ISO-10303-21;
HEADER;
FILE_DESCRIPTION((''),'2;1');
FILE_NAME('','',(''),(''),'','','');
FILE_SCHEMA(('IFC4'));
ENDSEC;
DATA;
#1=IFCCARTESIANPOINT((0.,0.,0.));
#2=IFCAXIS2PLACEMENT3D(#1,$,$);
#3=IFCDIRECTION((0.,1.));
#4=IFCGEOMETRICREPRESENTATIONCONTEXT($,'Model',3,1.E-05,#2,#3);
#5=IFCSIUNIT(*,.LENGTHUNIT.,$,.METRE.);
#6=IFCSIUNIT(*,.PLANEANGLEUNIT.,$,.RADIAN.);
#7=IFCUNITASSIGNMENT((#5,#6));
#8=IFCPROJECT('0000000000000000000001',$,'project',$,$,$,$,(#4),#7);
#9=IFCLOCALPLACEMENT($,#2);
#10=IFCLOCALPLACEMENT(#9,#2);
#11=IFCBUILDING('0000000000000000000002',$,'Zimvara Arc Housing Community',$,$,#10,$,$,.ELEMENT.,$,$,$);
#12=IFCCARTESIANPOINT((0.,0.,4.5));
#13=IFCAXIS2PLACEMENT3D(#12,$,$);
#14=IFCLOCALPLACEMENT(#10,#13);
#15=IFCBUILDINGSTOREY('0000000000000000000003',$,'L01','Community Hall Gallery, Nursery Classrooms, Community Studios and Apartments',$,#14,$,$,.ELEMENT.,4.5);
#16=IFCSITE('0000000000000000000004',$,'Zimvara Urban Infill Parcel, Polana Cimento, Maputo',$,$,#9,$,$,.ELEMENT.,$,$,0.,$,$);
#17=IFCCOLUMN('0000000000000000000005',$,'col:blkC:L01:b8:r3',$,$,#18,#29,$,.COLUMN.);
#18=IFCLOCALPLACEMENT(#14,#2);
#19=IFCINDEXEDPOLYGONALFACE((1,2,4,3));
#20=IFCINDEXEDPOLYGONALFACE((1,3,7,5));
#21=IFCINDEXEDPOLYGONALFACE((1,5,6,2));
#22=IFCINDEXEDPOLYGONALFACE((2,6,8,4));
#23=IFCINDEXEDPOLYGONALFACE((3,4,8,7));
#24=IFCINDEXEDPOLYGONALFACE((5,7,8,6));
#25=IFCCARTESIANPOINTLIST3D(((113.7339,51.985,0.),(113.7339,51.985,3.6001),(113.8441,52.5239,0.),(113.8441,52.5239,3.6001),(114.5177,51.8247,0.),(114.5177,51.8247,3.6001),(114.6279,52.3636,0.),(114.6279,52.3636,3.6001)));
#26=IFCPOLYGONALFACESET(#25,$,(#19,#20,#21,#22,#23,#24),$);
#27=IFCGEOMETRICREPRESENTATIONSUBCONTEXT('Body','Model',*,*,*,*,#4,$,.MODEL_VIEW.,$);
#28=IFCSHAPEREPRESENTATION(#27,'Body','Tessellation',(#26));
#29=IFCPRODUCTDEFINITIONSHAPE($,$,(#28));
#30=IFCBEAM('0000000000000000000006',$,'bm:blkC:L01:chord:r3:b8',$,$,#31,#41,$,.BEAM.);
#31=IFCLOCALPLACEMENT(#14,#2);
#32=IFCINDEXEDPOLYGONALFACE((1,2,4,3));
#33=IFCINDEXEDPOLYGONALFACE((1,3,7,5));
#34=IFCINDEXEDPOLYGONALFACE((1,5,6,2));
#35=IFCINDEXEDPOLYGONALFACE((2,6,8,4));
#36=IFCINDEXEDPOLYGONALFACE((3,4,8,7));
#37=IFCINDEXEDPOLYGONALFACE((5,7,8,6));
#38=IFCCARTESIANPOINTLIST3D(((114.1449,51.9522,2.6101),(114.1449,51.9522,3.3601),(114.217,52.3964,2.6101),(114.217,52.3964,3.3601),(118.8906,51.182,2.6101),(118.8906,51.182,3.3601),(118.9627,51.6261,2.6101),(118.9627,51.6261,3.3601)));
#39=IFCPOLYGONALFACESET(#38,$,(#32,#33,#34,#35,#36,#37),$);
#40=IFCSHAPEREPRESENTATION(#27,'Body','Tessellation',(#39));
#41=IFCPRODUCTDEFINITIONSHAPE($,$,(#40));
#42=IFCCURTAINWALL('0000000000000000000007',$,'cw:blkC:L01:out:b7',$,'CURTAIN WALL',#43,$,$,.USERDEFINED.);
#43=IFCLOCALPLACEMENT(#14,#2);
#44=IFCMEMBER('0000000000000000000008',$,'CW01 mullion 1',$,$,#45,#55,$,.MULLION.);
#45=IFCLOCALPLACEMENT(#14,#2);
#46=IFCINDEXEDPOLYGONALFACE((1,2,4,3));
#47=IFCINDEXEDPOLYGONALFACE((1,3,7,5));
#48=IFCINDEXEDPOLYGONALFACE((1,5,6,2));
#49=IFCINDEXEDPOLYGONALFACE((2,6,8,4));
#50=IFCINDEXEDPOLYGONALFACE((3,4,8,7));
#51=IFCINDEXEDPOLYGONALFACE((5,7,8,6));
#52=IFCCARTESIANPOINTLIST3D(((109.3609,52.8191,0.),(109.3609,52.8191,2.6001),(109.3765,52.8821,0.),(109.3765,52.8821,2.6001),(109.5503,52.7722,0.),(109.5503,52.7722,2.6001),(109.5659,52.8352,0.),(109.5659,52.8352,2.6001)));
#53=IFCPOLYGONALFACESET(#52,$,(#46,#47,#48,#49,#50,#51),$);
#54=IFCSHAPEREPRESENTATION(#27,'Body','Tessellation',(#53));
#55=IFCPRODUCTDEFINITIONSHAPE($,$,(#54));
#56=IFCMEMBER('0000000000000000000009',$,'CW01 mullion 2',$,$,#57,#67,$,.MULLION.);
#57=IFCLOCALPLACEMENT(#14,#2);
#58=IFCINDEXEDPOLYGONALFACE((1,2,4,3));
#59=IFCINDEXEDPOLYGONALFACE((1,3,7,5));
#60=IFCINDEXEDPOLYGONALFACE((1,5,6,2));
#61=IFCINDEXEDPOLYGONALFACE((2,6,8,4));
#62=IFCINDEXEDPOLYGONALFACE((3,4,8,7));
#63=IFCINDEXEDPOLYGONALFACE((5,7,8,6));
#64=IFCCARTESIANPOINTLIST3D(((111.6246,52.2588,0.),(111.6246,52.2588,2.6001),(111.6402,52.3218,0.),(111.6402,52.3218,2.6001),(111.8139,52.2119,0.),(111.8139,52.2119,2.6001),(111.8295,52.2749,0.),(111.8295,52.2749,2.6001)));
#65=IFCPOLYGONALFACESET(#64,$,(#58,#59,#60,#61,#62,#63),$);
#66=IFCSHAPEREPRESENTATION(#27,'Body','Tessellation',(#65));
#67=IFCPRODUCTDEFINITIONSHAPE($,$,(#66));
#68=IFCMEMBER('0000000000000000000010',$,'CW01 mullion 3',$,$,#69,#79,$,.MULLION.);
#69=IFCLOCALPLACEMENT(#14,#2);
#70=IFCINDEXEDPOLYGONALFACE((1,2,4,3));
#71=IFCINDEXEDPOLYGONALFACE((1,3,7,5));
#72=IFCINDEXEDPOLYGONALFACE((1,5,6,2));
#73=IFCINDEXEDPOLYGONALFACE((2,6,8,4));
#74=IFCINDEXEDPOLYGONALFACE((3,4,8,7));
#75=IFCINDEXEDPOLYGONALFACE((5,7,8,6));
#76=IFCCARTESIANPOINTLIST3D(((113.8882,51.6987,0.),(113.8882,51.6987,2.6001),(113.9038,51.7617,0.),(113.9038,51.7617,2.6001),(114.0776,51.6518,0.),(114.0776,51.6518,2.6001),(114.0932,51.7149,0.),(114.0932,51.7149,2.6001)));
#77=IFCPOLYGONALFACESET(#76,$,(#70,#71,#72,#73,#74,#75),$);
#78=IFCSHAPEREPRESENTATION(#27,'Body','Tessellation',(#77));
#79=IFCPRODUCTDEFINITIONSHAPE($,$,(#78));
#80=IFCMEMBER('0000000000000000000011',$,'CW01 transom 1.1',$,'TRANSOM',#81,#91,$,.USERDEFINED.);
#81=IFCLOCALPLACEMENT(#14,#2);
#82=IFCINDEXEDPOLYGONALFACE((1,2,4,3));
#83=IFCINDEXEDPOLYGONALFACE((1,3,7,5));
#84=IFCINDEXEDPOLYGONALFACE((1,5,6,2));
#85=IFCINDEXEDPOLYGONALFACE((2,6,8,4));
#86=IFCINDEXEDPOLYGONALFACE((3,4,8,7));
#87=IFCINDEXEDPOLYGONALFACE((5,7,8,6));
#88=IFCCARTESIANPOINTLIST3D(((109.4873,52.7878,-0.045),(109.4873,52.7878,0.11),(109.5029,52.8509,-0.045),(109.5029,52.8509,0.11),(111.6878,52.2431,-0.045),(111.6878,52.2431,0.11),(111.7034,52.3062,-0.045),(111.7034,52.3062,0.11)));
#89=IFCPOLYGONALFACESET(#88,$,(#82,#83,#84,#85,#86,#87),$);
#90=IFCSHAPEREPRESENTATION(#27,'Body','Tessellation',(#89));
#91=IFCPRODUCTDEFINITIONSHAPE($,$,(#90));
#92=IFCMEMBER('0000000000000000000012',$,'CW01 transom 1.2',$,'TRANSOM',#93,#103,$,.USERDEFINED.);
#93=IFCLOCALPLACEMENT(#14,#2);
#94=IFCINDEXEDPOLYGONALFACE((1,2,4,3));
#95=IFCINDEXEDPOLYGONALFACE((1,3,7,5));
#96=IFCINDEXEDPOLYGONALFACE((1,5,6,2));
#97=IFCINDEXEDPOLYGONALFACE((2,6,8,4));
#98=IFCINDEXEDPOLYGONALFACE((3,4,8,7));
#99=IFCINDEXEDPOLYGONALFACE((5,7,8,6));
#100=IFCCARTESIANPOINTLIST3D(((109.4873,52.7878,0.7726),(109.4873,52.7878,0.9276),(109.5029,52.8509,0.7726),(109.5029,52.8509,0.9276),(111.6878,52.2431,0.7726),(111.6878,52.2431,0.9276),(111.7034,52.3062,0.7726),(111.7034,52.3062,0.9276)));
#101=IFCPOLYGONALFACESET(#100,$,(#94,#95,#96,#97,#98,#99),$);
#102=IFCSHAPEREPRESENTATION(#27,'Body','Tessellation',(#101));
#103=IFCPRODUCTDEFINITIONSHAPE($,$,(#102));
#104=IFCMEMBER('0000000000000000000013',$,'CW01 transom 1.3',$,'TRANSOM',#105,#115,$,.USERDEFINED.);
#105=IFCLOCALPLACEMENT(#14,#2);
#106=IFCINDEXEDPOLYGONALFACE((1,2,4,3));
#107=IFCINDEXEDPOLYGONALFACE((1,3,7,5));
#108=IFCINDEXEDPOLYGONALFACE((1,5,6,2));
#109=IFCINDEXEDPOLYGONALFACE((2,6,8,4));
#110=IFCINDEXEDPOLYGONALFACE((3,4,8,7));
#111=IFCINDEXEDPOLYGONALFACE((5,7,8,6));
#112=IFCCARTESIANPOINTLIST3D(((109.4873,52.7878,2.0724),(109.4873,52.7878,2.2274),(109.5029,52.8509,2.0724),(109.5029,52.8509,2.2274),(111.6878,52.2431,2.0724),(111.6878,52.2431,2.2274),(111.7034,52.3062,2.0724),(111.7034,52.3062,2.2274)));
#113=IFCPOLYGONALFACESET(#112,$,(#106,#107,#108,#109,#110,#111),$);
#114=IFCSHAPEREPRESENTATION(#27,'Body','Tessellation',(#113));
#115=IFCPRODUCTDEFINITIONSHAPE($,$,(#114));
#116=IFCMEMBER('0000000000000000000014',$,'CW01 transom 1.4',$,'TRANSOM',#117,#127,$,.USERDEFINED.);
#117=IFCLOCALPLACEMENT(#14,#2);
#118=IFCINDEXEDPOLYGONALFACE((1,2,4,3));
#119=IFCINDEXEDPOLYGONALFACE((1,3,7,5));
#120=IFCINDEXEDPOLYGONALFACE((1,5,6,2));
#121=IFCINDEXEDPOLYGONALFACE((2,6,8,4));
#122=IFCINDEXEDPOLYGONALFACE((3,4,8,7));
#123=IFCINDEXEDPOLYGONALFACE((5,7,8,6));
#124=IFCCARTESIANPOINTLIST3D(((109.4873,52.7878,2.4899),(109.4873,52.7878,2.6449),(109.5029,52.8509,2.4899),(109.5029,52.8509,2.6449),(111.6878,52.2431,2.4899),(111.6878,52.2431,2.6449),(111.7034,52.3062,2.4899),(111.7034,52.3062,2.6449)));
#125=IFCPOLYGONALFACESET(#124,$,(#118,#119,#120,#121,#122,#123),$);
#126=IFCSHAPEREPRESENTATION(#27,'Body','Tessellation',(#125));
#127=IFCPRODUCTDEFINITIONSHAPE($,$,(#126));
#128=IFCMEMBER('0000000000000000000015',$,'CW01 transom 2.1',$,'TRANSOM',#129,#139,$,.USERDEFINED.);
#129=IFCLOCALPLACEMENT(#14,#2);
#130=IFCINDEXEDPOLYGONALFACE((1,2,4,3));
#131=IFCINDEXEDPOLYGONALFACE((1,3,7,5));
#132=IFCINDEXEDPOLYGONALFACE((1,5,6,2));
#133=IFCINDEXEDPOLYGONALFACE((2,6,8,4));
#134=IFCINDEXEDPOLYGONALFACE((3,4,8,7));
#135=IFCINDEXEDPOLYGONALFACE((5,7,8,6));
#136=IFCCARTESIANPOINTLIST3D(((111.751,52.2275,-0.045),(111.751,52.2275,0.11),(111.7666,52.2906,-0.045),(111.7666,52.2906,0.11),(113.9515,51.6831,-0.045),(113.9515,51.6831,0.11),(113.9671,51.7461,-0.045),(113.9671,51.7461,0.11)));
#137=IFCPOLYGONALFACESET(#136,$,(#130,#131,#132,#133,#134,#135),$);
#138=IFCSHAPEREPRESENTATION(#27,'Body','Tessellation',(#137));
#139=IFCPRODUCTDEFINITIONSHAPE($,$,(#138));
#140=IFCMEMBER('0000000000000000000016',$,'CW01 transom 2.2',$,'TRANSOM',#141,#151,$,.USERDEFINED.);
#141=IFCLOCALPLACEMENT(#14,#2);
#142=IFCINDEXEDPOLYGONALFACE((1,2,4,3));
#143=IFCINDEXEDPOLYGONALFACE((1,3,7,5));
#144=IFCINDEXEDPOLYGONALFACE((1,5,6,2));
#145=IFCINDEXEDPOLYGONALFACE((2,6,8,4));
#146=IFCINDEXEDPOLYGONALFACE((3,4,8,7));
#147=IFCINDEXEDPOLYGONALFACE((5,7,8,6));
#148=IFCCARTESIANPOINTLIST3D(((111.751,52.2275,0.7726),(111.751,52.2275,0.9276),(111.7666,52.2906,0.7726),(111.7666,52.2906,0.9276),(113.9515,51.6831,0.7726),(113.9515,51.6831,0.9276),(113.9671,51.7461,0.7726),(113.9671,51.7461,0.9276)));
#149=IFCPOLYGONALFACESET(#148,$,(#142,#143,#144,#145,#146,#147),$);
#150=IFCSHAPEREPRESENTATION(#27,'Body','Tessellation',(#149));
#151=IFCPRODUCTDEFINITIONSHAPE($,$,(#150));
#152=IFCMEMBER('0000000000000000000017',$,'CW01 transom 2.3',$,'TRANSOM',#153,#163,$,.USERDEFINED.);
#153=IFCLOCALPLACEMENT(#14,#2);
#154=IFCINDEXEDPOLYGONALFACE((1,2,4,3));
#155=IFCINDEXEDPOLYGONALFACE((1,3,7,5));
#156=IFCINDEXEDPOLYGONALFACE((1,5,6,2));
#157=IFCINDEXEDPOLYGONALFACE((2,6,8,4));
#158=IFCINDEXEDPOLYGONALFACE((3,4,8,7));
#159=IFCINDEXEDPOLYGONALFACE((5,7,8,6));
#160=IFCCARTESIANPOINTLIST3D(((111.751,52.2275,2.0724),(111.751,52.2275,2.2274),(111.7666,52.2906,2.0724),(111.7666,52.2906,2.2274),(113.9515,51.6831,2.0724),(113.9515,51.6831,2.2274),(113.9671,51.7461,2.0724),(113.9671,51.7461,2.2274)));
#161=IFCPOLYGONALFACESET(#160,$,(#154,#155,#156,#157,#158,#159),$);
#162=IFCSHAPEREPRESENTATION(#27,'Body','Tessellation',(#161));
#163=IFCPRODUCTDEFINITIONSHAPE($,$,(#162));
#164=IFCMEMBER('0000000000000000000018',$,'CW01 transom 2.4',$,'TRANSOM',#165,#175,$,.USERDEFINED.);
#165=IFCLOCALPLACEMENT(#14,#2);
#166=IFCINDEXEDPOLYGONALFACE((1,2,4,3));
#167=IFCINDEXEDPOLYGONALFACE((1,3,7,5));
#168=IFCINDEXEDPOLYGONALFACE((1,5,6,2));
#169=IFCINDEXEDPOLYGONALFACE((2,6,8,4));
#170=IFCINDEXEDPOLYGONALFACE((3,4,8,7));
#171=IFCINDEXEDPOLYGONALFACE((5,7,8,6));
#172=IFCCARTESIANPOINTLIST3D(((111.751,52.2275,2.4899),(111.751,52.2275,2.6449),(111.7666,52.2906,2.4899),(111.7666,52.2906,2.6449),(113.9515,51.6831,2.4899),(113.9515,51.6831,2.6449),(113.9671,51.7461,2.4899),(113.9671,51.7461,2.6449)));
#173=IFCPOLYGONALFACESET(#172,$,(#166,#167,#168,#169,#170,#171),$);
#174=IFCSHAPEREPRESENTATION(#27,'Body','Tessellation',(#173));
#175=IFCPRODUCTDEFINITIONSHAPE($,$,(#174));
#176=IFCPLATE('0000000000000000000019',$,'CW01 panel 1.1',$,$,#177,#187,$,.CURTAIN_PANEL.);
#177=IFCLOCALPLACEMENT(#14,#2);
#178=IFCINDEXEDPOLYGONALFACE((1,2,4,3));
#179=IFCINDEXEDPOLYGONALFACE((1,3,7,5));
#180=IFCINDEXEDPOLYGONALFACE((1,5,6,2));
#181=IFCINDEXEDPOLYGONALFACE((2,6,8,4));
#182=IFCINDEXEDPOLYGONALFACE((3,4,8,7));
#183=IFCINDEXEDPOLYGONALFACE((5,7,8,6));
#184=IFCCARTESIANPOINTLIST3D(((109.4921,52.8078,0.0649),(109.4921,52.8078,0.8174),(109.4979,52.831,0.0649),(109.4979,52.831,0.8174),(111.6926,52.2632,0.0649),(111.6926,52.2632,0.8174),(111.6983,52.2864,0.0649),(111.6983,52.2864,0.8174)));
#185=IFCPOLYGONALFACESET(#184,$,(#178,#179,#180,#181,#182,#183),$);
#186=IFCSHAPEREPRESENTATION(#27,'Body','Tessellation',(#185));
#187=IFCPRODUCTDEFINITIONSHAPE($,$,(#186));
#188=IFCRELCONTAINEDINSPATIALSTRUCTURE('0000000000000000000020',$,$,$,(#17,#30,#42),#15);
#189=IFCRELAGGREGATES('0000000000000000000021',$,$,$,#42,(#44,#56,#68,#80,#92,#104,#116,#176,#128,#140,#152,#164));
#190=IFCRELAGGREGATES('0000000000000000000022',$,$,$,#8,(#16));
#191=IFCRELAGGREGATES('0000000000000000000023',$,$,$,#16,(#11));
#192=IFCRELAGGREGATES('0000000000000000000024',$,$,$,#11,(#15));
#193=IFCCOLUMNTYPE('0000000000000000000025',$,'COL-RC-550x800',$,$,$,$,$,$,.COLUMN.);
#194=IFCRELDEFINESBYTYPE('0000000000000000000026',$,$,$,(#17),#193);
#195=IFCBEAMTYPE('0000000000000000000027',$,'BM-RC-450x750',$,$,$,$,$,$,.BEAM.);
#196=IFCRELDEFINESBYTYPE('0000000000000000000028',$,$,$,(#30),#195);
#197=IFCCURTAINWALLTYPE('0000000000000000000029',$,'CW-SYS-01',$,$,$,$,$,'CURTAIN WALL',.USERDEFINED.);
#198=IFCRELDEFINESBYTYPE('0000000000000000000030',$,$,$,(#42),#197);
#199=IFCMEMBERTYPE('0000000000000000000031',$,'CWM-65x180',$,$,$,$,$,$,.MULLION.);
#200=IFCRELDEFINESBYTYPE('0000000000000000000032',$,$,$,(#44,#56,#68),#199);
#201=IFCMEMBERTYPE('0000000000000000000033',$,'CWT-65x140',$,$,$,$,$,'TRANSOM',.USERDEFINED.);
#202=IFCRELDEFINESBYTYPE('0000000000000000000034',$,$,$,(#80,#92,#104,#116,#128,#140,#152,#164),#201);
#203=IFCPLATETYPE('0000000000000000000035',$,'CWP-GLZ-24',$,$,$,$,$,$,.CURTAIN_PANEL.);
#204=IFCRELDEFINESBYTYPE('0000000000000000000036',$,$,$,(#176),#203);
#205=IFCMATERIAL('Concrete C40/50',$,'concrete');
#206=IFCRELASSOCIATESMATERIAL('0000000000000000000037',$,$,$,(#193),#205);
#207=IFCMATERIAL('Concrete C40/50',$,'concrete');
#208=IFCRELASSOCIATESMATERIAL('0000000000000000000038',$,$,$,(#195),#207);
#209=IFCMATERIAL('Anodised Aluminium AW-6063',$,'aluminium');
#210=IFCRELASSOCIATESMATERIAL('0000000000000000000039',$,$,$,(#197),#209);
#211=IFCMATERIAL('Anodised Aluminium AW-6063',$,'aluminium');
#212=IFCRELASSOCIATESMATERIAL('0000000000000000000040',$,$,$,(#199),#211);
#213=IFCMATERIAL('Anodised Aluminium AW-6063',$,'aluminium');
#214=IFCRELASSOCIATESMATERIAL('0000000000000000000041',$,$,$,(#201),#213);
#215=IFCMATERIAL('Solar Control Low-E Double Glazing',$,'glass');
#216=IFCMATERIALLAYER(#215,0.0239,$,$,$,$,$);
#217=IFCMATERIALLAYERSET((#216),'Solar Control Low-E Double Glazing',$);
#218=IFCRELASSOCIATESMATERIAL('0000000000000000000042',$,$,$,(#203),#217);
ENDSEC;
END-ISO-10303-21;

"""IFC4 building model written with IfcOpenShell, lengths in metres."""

from ifc_helpers import new_model, si_unit, direction, frame, origin, origin_2d, place, context, subcontext, project, spatial, rectangle, extrude, material, layer, layer_set, material_profile, profile_set, type_object, element, aggregate, save


model = new_model("IFC4")

# Units and contexts
model_context = context("Model", 3, precision=1e-05, world=origin(), true_north=direction((0.0, 1.0)))
body_context = subcontext(model_context, "Body", "Model", "MODEL_VIEW")
ifc_project = project(units=[si_unit("LENGTHUNIT", "METRE"), si_unit("PLANEANGLEUNIT", "RADIAN")], contexts=[model_context])

# Site, building, storey
site_placement = place(None, origin())
site = spatial("IfcSite", under=ifc_project, at=site_placement, Name="Zimvara Urban Infill Parcel, Polana Cimento, Maputo", CompositionType="ELEMENT", RefElevation=0.0)
building_placement = place(site_placement, origin())
building = spatial("IfcBuilding", under=site, at=building_placement, Name="Zimvara Arc Housing Community", CompositionType="ELEMENT")
storey_placement = place(building_placement, frame((0.0, 0.0, 4.5)))
storey = spatial("IfcBuildingStorey", under=building, at=storey_placement, Name="L01", Description="Community Hall Gallery, Nursery Classrooms, Community Studios and Apartments", CompositionType="ELEMENT", Elevation=4.5)

# Column
ifc_material_1 = material(Name="Concrete C40/50", Category="concrete")
ifc_material_profile_1 = material_profile(ifc_material_1, rectangle(XDim=0.55, YDim=0.8, at=origin_2d()), Name="RC 550x800")
ifc_profile_set_1 = profile_set([ifc_material_profile_1], Name="Concrete C40/50")
column_type = type_object("IfcColumnType", Name="COL-RC-550x800", PredefinedType="COLUMN", material=ifc_profile_set_1)
column_placement = place(storey_placement, frame((114.1809, 52.1743, 0.0), z_axis=(0.0, 0.0, 1.0), x_axis=(-0.200394, -0.979715, 0.0)))
element("IfcColumn", 1, at=column_placement, inside=storey, type_object=column_type, Name="col:blkC:L01:b8:r3", PredefinedType="COLUMN", context=body_context, shape_type="SweptSolid", body=[
    extrude(rectangle(XDim=0.55, YDim=0.8, at=origin_2d()), origin(), (0.0, 0.0, 1.0), 3.6001),
])

# Beam
ifc_material_2 = material(Name="Concrete C40/50", Category="concrete")
ifc_material_profile_2 = material_profile(ifc_material_2, rectangle(XDim=0.45, YDim=0.75, at=origin_2d()), Name="RC 450x750")
ifc_profile_set_2 = profile_set([ifc_material_profile_2], Name="Concrete C40/50")
beam_type = type_object("IfcBeamType", Name="BM-RC-450x750", PredefinedType="BEAM", material=ifc_profile_set_2)
beam_placement = place(storey_placement, frame((114.1809, 52.1743, 2.9851), z_axis=(0.987084, -0.160206, 0.0), x_axis=(0.160206, 0.987084, 0.0)))
element("IfcBeam", 2, at=beam_placement, inside=storey, type_object=beam_type, Name="bm:blkC:L01:chord:r3:b8", PredefinedType="BEAM", context=body_context, shape_type="SweptSolid", body=[
    extrude(rectangle(XDim=0.45, YDim=0.75, at=origin_2d()), origin(), (0.0, 0.0, 1.0), 4.8079),
])

# Curtain wall, members, plate
ifc_material_3 = material(Name="Anodised Aluminium AW-6063", Category="aluminium")
curtain_wall_type = type_object("IfcCurtainWallType", Name="CW-SYS-01", ElementType="CURTAIN WALL", PredefinedType="USERDEFINED", material=ifc_material_3)
curtain_wall_placement = place(storey_placement, origin())
curtain_wall = element("IfcCurtainWall", 3, at=curtain_wall_placement, inside=storey, type_object=curtain_wall_type, Name="cw:blkC:L01:out:b7", ObjectType="CURTAIN WALL", PredefinedType="USERDEFINED")
ifc_material_4 = material(Name="Anodised Aluminium AW-6063", Category="aluminium")
ifc_material_profile_3 = material_profile(ifc_material_4, rectangle(XDim=0.0649, YDim=0.1951, at=origin_2d()), Name="ALU 65x195")
ifc_profile_set_3 = profile_set([ifc_material_profile_3], Name="Anodised Aluminium AW-6063")
member_type_1 = type_object("IfcMemberType", Name="CWM-65x180", PredefinedType="MULLION", material=ifc_profile_set_3)
member_1_placement = place(storey_placement, frame((109.4634, 52.8271, 0.0), z_axis=(0.0, 0.0, 1.0), x_axis=(0.24023, 0.970716, 0.0)))
member_1 = element("IfcMember", 4, at=member_1_placement, type_object=member_type_1, Name="CW01 mullion 1", PredefinedType="MULLION", context=body_context, shape_type="SweptSolid", body=[
    extrude(rectangle(XDim=0.0649, YDim=0.1951, at=origin_2d()), origin(), (0.0, 0.0, 1.0), 2.6001),
])
member_2_placement = place(storey_placement, frame((111.7271, 52.2668, 0.0), z_axis=(0.0, 0.0, 1.0), x_axis=(0.24023, 0.970716, 0.0)))
member_2 = element("IfcMember", 5, at=member_2_placement, type_object=member_type_1, Name="CW01 mullion 2", PredefinedType="MULLION", context=body_context, shape_type="SweptSolid", body=[
    extrude(rectangle(XDim=0.0649, YDim=0.1951, at=origin_2d()), origin(), (0.0, 0.0, 1.0), 2.6001),
])
member_3_placement = place(storey_placement, frame((113.9907, 51.7068, 0.0), z_axis=(0.0, 0.0, 1.0), x_axis=(0.24023, 0.970716, 0.0)))
member_3 = element("IfcMember", 6, at=member_3_placement, type_object=member_type_1, Name="CW01 mullion 3", PredefinedType="MULLION", context=body_context, shape_type="SweptSolid", body=[
    extrude(rectangle(XDim=0.0649, YDim=0.1951, at=origin_2d()), origin(), (0.0, 0.0, 1.0), 2.6001),
])
ifc_material_5 = material(Name="Anodised Aluminium AW-6063", Category="aluminium")
ifc_material_profile_4 = material_profile(ifc_material_5, rectangle(XDim=0.0649, YDim=0.155, at=origin_2d()), Name="ALU 65x155")
ifc_profile_set_4 = profile_set([ifc_material_profile_4], Name="Anodised Aluminium AW-6063")
member_type_2 = type_object("IfcMemberType", Name="CWT-65x140", ElementType="TRANSOM", PredefinedType="USERDEFINED", material=ifc_profile_set_4)
member_4_placement = place(storey_placement, frame((109.4951, 52.8193, 0.0325), z_axis=(0.970704, -0.24028, 0.0), x_axis=(0.24028, 0.970704, 0.0)))
member_4 = element("IfcMember", 7, at=member_4_placement, type_object=member_type_2, Name="CW01 transom 1.1", ObjectType="TRANSOM", PredefinedType="USERDEFINED", context=body_context, shape_type="SweptSolid", body=[
    extrude(rectangle(XDim=0.0649, YDim=0.155, at=origin_2d()), origin(), (0.0, 0.0, 1.0), 2.2668),
])
member_5_placement = place(storey_placement, frame((109.4951, 52.8193, 0.8501), z_axis=(0.970704, -0.24028, 0.0), x_axis=(0.24028, 0.970704, 0.0)))
member_5 = element("IfcMember", 8, at=member_5_placement, type_object=member_type_2, Name="CW01 transom 1.2", ObjectType="TRANSOM", PredefinedType="USERDEFINED", context=body_context, shape_type="SweptSolid", body=[
    extrude(rectangle(XDim=0.0649, YDim=0.155, at=origin_2d()), origin(), (0.0, 0.0, 1.0), 2.2668),
])
member_6_placement = place(storey_placement, frame((109.4951, 52.8193, 2.1499), z_axis=(0.970704, -0.24028, 0.0), x_axis=(0.24028, 0.970704, 0.0)))
member_6 = element("IfcMember", 9, at=member_6_placement, type_object=member_type_2, Name="CW01 transom 1.3", ObjectType="TRANSOM", PredefinedType="USERDEFINED", context=body_context, shape_type="SweptSolid", body=[
    extrude(rectangle(XDim=0.0649, YDim=0.155, at=origin_2d()), origin(), (0.0, 0.0, 1.0), 2.2668),
])
member_7_placement = place(storey_placement, frame((109.4951, 52.8193, 2.5674), z_axis=(0.970704, -0.24028, 0.0), x_axis=(0.24028, 0.970704, 0.0)))
member_7 = element("IfcMember", 10, at=member_7_placement, type_object=member_type_2, Name="CW01 transom 1.4", ObjectType="TRANSOM", PredefinedType="USERDEFINED", context=body_context, shape_type="SweptSolid", body=[
    extrude(rectangle(XDim=0.0649, YDim=0.155, at=origin_2d()), origin(), (0.0, 0.0, 1.0), 2.2668),
])
member_8_placement = place(storey_placement, frame((111.7588, 52.259, 0.0325), z_axis=(0.970729, -0.240178, 0.0), x_axis=(0.240178, 0.970729, 0.0)))
member_8 = element("IfcMember", 11, at=member_8_placement, type_object=member_type_2, Name="CW01 transom 2.1", ObjectType="TRANSOM", PredefinedType="USERDEFINED", context=body_context, shape_type="SweptSolid", body=[
    extrude(rectangle(XDim=0.0649, YDim=0.155, at=origin_2d()), origin(), (0.0, 0.0, 1.0), 2.2668),
])
member_9_placement = place(storey_placement, frame((111.7588, 52.259, 0.8501), z_axis=(0.970729, -0.240178, 0.0), x_axis=(0.240178, 0.970729, 0.0)))
member_9 = element("IfcMember", 12, at=member_9_placement, type_object=member_type_2, Name="CW01 transom 2.2", ObjectType="TRANSOM", PredefinedType="USERDEFINED", context=body_context, shape_type="SweptSolid", body=[
    extrude(rectangle(XDim=0.0649, YDim=0.155, at=origin_2d()), origin(), (0.0, 0.0, 1.0), 2.2668),
])
member_10_placement = place(storey_placement, frame((111.7588, 52.259, 2.1499), z_axis=(0.970729, -0.240178, 0.0), x_axis=(0.240178, 0.970729, 0.0)))
member_10 = element("IfcMember", 13, at=member_10_placement, type_object=member_type_2, Name="CW01 transom 2.3", ObjectType="TRANSOM", PredefinedType="USERDEFINED", context=body_context, shape_type="SweptSolid", body=[
    extrude(rectangle(XDim=0.0649, YDim=0.155, at=origin_2d()), origin(), (0.0, 0.0, 1.0), 2.2668),
])
member_11_placement = place(storey_placement, frame((111.7588, 52.259, 2.5674), z_axis=(0.970729, -0.240178, 0.0), x_axis=(0.240178, 0.970729, 0.0)))
member_11 = element("IfcMember", 14, at=member_11_placement, type_object=member_type_2, Name="CW01 transom 2.4", ObjectType="TRANSOM", PredefinedType="USERDEFINED", context=body_context, shape_type="SweptSolid", body=[
    extrude(rectangle(XDim=0.0649, YDim=0.155, at=origin_2d()), origin(), (0.0, 0.0, 1.0), 2.2668),
])
ifc_material_6 = material(Name="Solar Control Low-E Double Glazing", Category="glass")
ifc_layer_1 = layer(ifc_material_6, 0.0239)
ifc_layer_set_1 = layer_set([ifc_layer_1], Name="Solar Control Low-E Double Glazing")
plate_type = type_object("IfcPlateType", Name="CWP-GLZ-24", PredefinedType="CURTAIN_PANEL", material=ifc_layer_set_1)
plate_1_placement = place(storey_placement, frame((110.5952, 52.5471, 0.0649), z_axis=(0.0, 0.0, 1.0), x_axis=(0.970716, -0.24023, 0.0)))
plate_1 = element("IfcPlate", 15, at=plate_1_placement, type_object=plate_type, Name="CW01 panel 1.1", PredefinedType="CURTAIN_PANEL", context=body_context, shape_type="SweptSolid", body=[
    extrude(rectangle(XDim=2.2668, YDim=0.0239, at=origin_2d()), origin(), (0.0, 0.0, 1.0), 0.7524),
])
aggregate(curtain_wall, [member_1, member_2, member_3, member_4, member_5, member_6, member_7, plate_1, member_8, member_9, member_10, member_11])

save(model, "model.ifc")
